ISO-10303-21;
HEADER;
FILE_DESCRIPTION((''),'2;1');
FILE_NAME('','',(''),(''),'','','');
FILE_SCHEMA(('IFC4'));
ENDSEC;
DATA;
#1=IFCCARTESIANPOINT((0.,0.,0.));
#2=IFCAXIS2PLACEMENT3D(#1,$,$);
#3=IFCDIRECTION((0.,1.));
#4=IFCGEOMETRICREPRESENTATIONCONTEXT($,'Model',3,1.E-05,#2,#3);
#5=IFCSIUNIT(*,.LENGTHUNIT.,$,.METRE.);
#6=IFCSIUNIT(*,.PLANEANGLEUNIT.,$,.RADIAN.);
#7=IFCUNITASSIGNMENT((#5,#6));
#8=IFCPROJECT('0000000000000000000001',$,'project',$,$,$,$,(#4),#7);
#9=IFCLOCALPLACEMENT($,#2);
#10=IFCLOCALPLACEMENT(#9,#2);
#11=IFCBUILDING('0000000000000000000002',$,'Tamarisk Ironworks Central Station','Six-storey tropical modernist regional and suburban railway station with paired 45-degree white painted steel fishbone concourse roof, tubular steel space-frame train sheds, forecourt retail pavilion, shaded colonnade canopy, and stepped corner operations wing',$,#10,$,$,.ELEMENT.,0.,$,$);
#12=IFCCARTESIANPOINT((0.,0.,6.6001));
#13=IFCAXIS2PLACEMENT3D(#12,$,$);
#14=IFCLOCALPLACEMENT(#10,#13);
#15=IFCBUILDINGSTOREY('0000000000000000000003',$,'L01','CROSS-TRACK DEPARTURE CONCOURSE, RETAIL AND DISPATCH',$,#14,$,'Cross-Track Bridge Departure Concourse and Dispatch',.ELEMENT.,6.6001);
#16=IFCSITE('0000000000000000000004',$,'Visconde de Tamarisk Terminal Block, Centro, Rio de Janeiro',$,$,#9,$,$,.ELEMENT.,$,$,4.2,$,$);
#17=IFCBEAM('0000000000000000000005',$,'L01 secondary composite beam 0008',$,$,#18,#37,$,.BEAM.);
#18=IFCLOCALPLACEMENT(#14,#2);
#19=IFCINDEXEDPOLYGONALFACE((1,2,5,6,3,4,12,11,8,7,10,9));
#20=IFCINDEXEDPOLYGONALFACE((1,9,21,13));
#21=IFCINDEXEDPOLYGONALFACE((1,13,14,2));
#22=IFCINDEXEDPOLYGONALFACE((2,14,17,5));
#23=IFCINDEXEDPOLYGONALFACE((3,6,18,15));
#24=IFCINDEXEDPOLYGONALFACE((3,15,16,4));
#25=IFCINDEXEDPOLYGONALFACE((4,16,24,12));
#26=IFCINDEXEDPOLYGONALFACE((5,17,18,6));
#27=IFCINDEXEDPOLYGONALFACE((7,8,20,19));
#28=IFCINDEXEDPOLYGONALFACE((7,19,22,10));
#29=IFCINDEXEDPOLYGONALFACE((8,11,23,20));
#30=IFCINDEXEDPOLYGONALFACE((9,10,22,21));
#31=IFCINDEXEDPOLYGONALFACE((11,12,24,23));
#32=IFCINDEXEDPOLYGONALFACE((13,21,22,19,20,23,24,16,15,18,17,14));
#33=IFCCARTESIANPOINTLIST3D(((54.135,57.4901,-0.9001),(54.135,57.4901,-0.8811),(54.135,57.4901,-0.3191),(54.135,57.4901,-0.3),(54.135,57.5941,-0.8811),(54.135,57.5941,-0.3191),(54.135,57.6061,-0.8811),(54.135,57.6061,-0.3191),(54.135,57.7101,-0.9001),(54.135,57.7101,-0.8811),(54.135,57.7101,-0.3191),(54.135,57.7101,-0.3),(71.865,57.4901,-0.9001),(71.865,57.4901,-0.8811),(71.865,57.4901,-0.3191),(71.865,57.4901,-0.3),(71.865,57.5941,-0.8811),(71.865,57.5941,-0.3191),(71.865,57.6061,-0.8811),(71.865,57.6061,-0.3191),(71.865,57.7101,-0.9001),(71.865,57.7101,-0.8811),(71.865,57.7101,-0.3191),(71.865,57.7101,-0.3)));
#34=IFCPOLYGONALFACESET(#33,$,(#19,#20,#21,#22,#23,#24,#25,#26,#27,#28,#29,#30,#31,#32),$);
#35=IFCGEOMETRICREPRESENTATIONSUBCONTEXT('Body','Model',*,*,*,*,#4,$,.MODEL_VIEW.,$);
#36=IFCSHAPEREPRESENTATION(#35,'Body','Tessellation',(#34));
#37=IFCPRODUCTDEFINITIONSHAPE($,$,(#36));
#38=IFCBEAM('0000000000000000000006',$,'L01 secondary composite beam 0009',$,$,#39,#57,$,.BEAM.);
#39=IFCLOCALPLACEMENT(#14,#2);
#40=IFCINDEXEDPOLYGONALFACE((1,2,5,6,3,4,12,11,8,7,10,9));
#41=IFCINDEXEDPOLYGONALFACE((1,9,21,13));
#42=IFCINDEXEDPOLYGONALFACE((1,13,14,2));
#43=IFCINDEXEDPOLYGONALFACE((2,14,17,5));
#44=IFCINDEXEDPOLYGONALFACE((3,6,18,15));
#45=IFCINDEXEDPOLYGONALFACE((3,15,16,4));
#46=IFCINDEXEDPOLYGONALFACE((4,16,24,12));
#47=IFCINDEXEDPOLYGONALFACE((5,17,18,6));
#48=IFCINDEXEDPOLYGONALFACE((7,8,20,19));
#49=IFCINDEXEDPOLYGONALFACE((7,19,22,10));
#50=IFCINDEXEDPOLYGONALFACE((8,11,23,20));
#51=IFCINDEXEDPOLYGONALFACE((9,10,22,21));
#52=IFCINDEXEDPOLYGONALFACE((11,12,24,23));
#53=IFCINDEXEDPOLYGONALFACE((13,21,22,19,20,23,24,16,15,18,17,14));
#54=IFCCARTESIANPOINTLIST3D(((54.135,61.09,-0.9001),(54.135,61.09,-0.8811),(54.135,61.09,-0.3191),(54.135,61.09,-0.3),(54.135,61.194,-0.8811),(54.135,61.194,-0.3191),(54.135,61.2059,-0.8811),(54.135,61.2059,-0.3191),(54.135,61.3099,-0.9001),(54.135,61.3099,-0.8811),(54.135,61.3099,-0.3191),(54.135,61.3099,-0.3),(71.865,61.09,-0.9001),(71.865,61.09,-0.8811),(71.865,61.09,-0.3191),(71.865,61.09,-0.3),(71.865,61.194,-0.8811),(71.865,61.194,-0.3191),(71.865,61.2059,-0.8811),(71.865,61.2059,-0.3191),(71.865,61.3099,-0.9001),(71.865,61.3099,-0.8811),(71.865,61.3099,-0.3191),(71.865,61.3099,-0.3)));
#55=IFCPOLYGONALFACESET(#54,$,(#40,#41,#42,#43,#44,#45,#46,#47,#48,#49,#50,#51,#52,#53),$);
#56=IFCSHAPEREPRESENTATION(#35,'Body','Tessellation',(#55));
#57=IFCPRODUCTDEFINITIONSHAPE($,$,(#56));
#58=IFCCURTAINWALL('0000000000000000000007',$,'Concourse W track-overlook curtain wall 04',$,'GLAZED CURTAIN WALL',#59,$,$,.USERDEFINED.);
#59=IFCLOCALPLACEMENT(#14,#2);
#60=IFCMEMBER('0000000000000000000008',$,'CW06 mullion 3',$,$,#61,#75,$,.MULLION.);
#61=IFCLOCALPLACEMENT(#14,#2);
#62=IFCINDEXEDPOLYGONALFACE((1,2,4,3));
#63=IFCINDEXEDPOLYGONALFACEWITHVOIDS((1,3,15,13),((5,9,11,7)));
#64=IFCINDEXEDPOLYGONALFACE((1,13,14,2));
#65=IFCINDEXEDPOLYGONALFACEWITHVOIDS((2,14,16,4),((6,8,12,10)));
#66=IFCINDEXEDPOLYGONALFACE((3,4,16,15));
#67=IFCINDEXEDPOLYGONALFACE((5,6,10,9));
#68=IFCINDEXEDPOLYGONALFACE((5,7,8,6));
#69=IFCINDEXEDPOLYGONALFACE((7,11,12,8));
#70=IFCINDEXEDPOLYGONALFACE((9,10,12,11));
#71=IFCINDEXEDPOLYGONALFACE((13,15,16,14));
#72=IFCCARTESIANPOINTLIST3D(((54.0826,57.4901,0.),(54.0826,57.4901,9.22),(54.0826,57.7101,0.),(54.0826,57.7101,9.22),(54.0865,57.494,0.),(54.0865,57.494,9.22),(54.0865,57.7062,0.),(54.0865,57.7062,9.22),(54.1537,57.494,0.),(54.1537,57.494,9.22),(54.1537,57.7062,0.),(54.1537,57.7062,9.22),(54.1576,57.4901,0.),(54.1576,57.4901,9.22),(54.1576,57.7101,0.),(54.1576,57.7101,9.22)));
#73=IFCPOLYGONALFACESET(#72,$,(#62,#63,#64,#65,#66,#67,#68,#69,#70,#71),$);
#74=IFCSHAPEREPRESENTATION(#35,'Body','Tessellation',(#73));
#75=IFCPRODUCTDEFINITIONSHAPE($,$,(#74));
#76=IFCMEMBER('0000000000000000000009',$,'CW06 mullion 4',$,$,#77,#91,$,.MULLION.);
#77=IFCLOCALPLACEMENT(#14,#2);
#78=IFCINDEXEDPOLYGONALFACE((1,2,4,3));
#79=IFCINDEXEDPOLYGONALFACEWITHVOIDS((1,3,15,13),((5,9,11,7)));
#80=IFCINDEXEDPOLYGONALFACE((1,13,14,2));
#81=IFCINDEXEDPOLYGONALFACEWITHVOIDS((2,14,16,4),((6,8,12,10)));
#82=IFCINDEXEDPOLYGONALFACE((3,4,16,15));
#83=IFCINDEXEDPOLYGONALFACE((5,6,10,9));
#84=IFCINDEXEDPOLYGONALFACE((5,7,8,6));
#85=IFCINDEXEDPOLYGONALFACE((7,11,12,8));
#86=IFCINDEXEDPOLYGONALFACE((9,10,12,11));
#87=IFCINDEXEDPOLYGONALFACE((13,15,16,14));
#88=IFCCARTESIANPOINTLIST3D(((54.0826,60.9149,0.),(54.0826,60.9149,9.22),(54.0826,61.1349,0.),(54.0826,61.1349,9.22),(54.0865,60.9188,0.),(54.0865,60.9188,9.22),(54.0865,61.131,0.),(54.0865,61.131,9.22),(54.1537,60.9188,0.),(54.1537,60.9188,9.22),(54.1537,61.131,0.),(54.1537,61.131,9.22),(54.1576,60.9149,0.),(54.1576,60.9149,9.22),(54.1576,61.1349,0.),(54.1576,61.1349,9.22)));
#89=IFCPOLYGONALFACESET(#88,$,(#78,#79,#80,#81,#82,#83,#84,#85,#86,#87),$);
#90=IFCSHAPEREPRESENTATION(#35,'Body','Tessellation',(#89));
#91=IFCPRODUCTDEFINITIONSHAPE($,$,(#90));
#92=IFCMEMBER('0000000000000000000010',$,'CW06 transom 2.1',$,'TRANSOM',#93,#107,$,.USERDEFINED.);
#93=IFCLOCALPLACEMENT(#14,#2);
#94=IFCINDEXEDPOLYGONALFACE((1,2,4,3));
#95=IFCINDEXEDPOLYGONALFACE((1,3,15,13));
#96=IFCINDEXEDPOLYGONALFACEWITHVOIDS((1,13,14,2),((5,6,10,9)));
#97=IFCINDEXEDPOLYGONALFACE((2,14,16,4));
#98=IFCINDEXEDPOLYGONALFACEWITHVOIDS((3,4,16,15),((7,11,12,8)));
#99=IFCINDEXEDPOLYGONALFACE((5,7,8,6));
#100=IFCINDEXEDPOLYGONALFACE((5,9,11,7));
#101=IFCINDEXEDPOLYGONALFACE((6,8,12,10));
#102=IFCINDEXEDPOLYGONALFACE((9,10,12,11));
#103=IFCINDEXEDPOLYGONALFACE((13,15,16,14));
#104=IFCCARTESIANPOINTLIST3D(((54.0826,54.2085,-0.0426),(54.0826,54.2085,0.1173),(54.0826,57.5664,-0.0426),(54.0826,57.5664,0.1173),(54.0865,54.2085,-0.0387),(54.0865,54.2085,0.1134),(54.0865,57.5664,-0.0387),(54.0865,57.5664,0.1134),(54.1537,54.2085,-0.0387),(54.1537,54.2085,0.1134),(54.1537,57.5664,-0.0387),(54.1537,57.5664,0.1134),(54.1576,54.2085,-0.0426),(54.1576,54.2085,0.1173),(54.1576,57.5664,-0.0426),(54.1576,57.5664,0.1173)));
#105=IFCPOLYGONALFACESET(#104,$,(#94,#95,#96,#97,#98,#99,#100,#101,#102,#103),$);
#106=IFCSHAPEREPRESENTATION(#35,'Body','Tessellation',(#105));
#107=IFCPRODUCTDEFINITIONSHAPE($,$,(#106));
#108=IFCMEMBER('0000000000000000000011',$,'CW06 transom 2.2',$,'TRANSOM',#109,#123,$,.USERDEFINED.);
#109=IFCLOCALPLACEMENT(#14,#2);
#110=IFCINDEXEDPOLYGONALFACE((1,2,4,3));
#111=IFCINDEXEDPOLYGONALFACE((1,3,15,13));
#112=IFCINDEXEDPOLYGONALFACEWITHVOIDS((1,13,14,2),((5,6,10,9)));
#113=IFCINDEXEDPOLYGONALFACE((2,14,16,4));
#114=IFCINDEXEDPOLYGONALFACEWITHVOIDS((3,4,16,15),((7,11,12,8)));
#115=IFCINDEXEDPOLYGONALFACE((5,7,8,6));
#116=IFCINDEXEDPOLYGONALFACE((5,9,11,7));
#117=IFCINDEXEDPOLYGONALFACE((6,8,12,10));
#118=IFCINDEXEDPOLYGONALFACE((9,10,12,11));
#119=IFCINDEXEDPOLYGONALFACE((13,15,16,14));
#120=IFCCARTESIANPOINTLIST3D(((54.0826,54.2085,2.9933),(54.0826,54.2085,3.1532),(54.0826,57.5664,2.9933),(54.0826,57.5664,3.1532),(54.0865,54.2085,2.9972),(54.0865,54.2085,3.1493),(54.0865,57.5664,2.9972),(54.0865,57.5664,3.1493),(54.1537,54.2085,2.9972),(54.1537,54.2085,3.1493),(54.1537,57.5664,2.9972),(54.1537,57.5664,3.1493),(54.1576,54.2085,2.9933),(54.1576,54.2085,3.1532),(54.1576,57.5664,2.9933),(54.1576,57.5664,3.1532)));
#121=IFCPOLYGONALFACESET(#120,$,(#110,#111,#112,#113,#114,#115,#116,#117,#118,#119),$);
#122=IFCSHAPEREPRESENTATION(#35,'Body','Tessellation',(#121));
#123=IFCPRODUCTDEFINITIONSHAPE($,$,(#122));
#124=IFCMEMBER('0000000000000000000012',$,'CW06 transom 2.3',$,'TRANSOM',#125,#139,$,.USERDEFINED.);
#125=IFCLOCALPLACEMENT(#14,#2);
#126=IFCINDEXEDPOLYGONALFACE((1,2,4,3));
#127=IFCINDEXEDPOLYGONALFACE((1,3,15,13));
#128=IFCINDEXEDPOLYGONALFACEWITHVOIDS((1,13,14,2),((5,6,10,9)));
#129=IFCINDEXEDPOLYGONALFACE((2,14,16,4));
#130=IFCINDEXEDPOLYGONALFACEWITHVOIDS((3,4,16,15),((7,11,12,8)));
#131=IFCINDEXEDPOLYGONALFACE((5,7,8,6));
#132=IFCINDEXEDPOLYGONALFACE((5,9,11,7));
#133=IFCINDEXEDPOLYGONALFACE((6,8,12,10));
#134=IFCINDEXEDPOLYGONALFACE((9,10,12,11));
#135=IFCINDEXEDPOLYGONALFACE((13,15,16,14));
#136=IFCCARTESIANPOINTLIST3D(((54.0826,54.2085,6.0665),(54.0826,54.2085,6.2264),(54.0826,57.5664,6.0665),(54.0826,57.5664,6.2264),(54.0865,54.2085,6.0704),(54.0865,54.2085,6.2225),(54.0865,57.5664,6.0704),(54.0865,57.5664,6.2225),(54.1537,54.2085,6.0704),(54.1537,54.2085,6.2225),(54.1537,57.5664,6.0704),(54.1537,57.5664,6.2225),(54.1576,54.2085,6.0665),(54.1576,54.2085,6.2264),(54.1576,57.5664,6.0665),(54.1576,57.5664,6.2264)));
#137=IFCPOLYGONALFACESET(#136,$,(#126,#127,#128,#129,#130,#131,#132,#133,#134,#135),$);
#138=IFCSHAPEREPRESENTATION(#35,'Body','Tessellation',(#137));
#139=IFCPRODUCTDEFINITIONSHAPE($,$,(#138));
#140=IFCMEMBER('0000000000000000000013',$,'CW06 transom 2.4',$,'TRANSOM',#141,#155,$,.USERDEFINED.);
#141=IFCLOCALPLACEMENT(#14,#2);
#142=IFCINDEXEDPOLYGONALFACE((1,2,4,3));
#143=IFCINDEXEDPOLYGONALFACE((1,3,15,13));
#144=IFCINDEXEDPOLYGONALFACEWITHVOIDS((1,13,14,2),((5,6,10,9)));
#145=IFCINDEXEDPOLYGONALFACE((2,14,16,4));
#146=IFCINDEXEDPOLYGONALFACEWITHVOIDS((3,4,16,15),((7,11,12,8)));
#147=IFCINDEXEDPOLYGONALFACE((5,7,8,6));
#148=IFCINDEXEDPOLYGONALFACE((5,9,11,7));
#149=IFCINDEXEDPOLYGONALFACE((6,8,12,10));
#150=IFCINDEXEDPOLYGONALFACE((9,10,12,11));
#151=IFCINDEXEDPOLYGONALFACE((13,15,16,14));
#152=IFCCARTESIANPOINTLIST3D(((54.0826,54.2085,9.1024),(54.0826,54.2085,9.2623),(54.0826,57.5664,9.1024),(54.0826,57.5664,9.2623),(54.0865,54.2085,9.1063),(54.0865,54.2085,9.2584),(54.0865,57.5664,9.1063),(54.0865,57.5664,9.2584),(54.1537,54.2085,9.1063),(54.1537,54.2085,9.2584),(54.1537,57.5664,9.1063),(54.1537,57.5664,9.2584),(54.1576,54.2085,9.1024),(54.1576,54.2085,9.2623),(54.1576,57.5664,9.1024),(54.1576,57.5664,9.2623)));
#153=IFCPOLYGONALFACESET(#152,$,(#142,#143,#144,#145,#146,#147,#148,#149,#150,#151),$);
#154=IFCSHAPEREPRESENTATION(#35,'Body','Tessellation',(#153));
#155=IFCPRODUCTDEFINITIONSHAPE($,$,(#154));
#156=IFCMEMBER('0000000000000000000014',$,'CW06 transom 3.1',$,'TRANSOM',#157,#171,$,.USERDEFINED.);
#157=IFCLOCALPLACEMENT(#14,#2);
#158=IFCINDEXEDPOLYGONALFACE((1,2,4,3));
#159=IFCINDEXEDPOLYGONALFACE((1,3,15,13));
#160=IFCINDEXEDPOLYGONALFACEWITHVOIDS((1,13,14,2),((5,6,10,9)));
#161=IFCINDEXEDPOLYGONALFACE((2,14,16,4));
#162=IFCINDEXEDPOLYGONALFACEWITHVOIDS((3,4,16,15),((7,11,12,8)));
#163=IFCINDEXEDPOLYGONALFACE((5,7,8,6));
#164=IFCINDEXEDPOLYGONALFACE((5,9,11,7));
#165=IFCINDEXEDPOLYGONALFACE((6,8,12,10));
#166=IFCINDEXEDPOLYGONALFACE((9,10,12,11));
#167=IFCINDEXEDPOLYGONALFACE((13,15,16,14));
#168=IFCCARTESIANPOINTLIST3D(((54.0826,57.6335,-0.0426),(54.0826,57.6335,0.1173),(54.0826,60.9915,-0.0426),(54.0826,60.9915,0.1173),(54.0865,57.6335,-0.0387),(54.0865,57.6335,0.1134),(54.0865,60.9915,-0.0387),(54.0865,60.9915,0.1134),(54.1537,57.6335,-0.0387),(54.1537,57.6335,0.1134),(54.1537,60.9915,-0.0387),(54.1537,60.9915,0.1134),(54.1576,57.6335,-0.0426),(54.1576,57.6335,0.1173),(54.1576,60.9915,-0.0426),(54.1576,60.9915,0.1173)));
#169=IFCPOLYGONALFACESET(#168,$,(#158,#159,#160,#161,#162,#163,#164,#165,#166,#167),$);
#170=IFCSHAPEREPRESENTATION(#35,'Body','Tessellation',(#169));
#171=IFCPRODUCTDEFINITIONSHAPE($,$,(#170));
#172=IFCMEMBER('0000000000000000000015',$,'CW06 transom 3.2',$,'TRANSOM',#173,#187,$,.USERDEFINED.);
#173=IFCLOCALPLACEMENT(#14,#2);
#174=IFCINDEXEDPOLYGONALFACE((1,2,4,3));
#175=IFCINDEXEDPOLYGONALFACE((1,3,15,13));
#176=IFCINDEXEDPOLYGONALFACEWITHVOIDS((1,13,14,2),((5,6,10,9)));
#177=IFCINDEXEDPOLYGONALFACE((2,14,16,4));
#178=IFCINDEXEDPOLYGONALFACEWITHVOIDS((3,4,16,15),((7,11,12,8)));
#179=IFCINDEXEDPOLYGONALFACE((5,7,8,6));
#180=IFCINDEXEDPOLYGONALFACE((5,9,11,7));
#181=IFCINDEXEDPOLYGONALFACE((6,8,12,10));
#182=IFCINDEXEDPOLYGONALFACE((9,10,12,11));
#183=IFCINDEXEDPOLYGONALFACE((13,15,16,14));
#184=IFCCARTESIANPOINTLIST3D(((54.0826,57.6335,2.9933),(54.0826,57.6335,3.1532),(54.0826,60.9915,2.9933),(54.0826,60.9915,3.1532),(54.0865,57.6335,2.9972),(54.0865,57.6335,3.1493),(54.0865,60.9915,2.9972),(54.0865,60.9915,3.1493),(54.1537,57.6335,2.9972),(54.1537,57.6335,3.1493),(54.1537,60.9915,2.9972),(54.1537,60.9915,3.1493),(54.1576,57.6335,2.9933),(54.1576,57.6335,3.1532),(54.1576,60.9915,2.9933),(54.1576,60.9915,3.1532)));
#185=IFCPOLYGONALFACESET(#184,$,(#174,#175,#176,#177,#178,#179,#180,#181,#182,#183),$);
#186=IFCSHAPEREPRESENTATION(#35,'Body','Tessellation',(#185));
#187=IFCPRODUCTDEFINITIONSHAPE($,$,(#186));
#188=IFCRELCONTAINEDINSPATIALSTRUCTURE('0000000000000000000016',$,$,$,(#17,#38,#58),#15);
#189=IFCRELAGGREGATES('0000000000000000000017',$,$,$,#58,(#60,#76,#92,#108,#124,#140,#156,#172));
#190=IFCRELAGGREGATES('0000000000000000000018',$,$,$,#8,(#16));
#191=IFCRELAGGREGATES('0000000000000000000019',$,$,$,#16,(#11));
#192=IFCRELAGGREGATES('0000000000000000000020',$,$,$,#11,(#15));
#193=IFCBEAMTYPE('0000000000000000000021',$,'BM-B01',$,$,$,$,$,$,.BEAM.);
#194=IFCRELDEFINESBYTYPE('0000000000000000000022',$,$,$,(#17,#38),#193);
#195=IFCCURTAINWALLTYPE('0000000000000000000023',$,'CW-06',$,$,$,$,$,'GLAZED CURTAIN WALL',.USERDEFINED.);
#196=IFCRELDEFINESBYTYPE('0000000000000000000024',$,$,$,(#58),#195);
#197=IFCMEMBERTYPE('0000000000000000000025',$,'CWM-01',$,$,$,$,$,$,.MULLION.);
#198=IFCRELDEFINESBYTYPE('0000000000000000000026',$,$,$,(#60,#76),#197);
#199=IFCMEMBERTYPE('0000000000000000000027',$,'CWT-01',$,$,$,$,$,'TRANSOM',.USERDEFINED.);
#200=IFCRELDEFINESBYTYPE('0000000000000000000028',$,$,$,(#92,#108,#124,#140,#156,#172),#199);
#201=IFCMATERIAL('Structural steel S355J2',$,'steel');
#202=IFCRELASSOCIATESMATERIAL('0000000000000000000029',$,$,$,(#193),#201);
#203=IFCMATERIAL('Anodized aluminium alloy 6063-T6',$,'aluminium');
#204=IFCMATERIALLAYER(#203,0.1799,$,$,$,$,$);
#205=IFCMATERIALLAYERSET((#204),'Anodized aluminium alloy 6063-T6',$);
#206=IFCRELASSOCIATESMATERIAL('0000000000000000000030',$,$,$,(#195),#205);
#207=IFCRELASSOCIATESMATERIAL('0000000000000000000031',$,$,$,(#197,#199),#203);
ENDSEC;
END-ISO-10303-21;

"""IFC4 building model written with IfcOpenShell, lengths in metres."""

from ifc_helpers import new_model, si_unit, direction, frame, origin, origin_2d, place, context, subcontext, project, spatial, hollow_rectangle, i_section, extrude, material, layer, layer_set, material_profile, profile_set, type_object, element, aggregate, save


model = new_model("IFC4")

# Units and contexts
model_context = context("Model", 3, precision=1e-05, world=origin(), true_north=direction((0.0, 1.0)))
body_context = subcontext(model_context, "Body", "Model", "MODEL_VIEW")
ifc_project = project(units=[si_unit("LENGTHUNIT", "METRE"), si_unit("PLANEANGLEUNIT", "RADIAN")], contexts=[model_context])

# Site, building, storey
site_placement = place(None, origin())
site = spatial("IfcSite", under=ifc_project, at=site_placement, Name="Visconde de Tamarisk Terminal Block, Centro, Rio de Janeiro", CompositionType="ELEMENT", RefElevation=4.2)
building_placement = place(site_placement, origin())
building = spatial("IfcBuilding", under=site, at=building_placement, Name="Tamarisk Ironworks Central Station", Description="Six-storey tropical modernist regional and suburban railway station with paired 45-degree white painted steel fishbone concourse roof, tubular steel space-frame train sheds, forecourt retail pavilion, shaded colonnade canopy, and stepped corner operations wing", CompositionType="ELEMENT", ElevationOfRefHeight=0.0)
storey_placement = place(building_placement, frame((0.0, 0.0, 6.6001)))
storey = spatial("IfcBuildingStorey", under=building, at=storey_placement, Name="L01", Description="CROSS-TRACK DEPARTURE CONCOURSE, RETAIL AND DISPATCH", LongName="Cross-Track Bridge Departure Concourse and Dispatch", CompositionType="ELEMENT", Elevation=6.6001)

# Beams
ifc_material_1 = material(Name="Structural steel S355J2", Category="steel")
ifc_material_profile_1 = material_profile(ifc_material_1, i_section(OverallWidth=0.22, OverallDepth=0.6001, WebThickness=0.012, FlangeThickness=0.019, at=origin_2d()), Name="IPE 600")
ifc_profile_set_1 = profile_set([ifc_material_profile_1], Name="Structural steel S355J2")
beam_type = type_object("IfcBeamType", Name="BM-B01", PredefinedType="BEAM", material=ifc_profile_set_1)
for number, where, z_axis, x_axis, name in (
    (1, (54.135, 57.6001, -0.6001), (1.0, 0.0, 0.0), (0.0, 1.0, 0.0), "L01 secondary composite beam 0008"),
    (2, (54.135, 61.2, -0.6001), (1.0, 0.0, 0.0), (0.0, 1.0, 0.0), "L01 secondary composite beam 0009"),
):
    element("IfcBeam", number, at=place(storey_placement, frame(where, z_axis=z_axis, x_axis=x_axis)), inside=storey, type_object=beam_type, Name=name, PredefinedType="BEAM", context=body_context, shape_type="SweptSolid", body=[
        extrude(i_section(OverallWidth=0.22, OverallDepth=0.6001, WebThickness=0.012, FlangeThickness=0.019, at=origin_2d()), origin(), (0.0, 0.0, 1.0), 17.73),
    ])

# Curtain wall, members
ifc_material_2 = material(Name="Anodized aluminium alloy 6063-T6", Category="aluminium")
ifc_layer_1 = layer(ifc_material_2, 0.1799)
ifc_layer_set_1 = layer_set([ifc_layer_1], Name="Anodized aluminium alloy 6063-T6")
curtain_wall_type = type_object("IfcCurtainWallType", Name="CW-06", ElementType="GLAZED CURTAIN WALL", PredefinedType="USERDEFINED", material=ifc_layer_set_1)
curtain_wall_placement = place(storey_placement, origin())
curtain_wall = element("IfcCurtainWall", 3, at=curtain_wall_placement, inside=storey, type_object=curtain_wall_type, Name="Concourse W track-overlook curtain wall 04", ObjectType="GLAZED CURTAIN WALL", PredefinedType="USERDEFINED")
ifc_material_profile_2 = material_profile(ifc_material_2, hollow_rectangle(XDim=0.075, YDim=0.22, WallThickness=0.0039, at=origin_2d()), Name="ALUM 220x75")
ifc_profile_set_2 = profile_set([ifc_material_profile_2], Name="Anodized aluminium alloy 6063-T6")
member_type_1 = type_object("IfcMemberType", Name="CWM-01", PredefinedType="MULLION", material=ifc_profile_set_2)
member_1_placement = place(storey_placement, frame((54.1201, 57.6001, 0.0), z_axis=(0.0, 0.0, 1.0), x_axis=(-1.0, 0.0, 0.0)))
member_1 = element("IfcMember", 4, at=member_1_placement, type_object=member_type_1, Name="CW06 mullion 3", PredefinedType="MULLION", context=body_context, shape_type="SweptSolid", body=[
    extrude(hollow_rectangle(XDim=0.075, YDim=0.22, WallThickness=0.0039, at=origin_2d()), origin(), (0.0, 0.0, 1.0), 9.22),
])
member_2_placement = place(storey_placement, frame((54.1201, 61.0249, 0.0), z_axis=(0.0, 0.0, 1.0), x_axis=(-1.0, 0.0, 0.0)))
member_2 = element("IfcMember", 5, at=member_2_placement, type_object=member_type_1, Name="CW06 mullion 4", PredefinedType="MULLION", context=body_context, shape_type="SweptSolid", body=[
    extrude(hollow_rectangle(XDim=0.075, YDim=0.22, WallThickness=0.0039, at=origin_2d()), origin(), (0.0, 0.0, 1.0), 9.22),
])
ifc_material_profile_3 = material_profile(ifc_material_2, hollow_rectangle(XDim=0.075, YDim=0.1599, WallThickness=0.0039, at=origin_2d()), Name="ALUM 160x75")
ifc_profile_set_3 = profile_set([ifc_material_profile_3], Name="Anodized aluminium alloy 6063-T6")
member_type_2 = type_object("IfcMemberType", Name="CWT-01", ElementType="TRANSOM", PredefinedType="USERDEFINED", material=ifc_profile_set_3)
member_3_placement = place(storey_placement, frame((54.1201, 54.2085, 0.0374), z_axis=(0.0, 1.0, 0.0), x_axis=(-1.0, 0.0, 0.0)))
member_3 = element("IfcMember", 6, at=member_3_placement, type_object=member_type_2, Name="CW06 transom 2.1", ObjectType="TRANSOM", PredefinedType="USERDEFINED", context=body_context, shape_type="SweptSolid", body=[
    extrude(hollow_rectangle(XDim=0.075, YDim=0.1599, WallThickness=0.0039, at=origin_2d()), origin(), (0.0, 0.0, 1.0), 3.3579),
])
member_4_placement = place(storey_placement, frame((54.1201, 54.2085, 3.0732), z_axis=(0.0, 1.0, 0.0), x_axis=(-1.0, 0.0, 0.0)))
member_4 = element("IfcMember", 7, at=member_4_placement, type_object=member_type_2, Name="CW06 transom 2.2", ObjectType="TRANSOM", PredefinedType="USERDEFINED", context=body_context, shape_type="SweptSolid", body=[
    extrude(hollow_rectangle(XDim=0.075, YDim=0.1599, WallThickness=0.0039, at=origin_2d()), origin(), (0.0, 0.0, 1.0), 3.3579),
])
member_5_placement = place(storey_placement, frame((54.1201, 54.2085, 6.1465), z_axis=(0.0, 1.0, 0.0), x_axis=(-1.0, 0.0, 0.0)))
member_5 = element("IfcMember", 8, at=member_5_placement, type_object=member_type_2, Name="CW06 transom 2.3", ObjectType="TRANSOM", PredefinedType="USERDEFINED", context=body_context, shape_type="SweptSolid", body=[
    extrude(hollow_rectangle(XDim=0.075, YDim=0.1599, WallThickness=0.0039, at=origin_2d()), origin(), (0.0, 0.0, 1.0), 3.3579),
])
member_6_placement = place(storey_placement, frame((54.1201, 54.2085, 9.1824), z_axis=(0.0, 1.0, 0.0), x_axis=(-1.0, 0.0, 0.0)))
member_6 = element("IfcMember", 9, at=member_6_placement, type_object=member_type_2, Name="CW06 transom 2.4", ObjectType="TRANSOM", PredefinedType="USERDEFINED", context=body_context, shape_type="SweptSolid", body=[
    extrude(hollow_rectangle(XDim=0.075, YDim=0.1599, WallThickness=0.0039, at=origin_2d()), origin(), (0.0, 0.0, 1.0), 3.3579),
])
member_7_placement = place(storey_placement, frame((54.1201, 57.6335, 0.0374), z_axis=(0.0, 1.0, 0.0), x_axis=(-1.0, 0.0, 0.0)))
member_7 = element("IfcMember", 10, at=member_7_placement, type_object=member_type_2, Name="CW06 transom 3.1", ObjectType="TRANSOM", PredefinedType="USERDEFINED", context=body_context, shape_type="SweptSolid", body=[
    extrude(hollow_rectangle(XDim=0.075, YDim=0.1599, WallThickness=0.0039, at=origin_2d()), origin(), (0.0, 0.0, 1.0), 3.3579),
])
member_8_placement = place(storey_placement, frame((54.1201, 57.6335, 3.0732), z_axis=(0.0, 1.0, 0.0), x_axis=(-1.0, 0.0, 0.0)))
member_8 = element("IfcMember", 11, at=member_8_placement, type_object=member_type_2, Name="CW06 transom 3.2", ObjectType="TRANSOM", PredefinedType="USERDEFINED", context=body_context, shape_type="SweptSolid", body=[
    extrude(hollow_rectangle(XDim=0.075, YDim=0.1599, WallThickness=0.0039, at=origin_2d()), origin(), (0.0, 0.0, 1.0), 3.3579),
])
aggregate(curtain_wall, [member_1, member_2, member_3, member_4, member_5, member_6, member_7, member_8])

save(model, "model.ifc")
